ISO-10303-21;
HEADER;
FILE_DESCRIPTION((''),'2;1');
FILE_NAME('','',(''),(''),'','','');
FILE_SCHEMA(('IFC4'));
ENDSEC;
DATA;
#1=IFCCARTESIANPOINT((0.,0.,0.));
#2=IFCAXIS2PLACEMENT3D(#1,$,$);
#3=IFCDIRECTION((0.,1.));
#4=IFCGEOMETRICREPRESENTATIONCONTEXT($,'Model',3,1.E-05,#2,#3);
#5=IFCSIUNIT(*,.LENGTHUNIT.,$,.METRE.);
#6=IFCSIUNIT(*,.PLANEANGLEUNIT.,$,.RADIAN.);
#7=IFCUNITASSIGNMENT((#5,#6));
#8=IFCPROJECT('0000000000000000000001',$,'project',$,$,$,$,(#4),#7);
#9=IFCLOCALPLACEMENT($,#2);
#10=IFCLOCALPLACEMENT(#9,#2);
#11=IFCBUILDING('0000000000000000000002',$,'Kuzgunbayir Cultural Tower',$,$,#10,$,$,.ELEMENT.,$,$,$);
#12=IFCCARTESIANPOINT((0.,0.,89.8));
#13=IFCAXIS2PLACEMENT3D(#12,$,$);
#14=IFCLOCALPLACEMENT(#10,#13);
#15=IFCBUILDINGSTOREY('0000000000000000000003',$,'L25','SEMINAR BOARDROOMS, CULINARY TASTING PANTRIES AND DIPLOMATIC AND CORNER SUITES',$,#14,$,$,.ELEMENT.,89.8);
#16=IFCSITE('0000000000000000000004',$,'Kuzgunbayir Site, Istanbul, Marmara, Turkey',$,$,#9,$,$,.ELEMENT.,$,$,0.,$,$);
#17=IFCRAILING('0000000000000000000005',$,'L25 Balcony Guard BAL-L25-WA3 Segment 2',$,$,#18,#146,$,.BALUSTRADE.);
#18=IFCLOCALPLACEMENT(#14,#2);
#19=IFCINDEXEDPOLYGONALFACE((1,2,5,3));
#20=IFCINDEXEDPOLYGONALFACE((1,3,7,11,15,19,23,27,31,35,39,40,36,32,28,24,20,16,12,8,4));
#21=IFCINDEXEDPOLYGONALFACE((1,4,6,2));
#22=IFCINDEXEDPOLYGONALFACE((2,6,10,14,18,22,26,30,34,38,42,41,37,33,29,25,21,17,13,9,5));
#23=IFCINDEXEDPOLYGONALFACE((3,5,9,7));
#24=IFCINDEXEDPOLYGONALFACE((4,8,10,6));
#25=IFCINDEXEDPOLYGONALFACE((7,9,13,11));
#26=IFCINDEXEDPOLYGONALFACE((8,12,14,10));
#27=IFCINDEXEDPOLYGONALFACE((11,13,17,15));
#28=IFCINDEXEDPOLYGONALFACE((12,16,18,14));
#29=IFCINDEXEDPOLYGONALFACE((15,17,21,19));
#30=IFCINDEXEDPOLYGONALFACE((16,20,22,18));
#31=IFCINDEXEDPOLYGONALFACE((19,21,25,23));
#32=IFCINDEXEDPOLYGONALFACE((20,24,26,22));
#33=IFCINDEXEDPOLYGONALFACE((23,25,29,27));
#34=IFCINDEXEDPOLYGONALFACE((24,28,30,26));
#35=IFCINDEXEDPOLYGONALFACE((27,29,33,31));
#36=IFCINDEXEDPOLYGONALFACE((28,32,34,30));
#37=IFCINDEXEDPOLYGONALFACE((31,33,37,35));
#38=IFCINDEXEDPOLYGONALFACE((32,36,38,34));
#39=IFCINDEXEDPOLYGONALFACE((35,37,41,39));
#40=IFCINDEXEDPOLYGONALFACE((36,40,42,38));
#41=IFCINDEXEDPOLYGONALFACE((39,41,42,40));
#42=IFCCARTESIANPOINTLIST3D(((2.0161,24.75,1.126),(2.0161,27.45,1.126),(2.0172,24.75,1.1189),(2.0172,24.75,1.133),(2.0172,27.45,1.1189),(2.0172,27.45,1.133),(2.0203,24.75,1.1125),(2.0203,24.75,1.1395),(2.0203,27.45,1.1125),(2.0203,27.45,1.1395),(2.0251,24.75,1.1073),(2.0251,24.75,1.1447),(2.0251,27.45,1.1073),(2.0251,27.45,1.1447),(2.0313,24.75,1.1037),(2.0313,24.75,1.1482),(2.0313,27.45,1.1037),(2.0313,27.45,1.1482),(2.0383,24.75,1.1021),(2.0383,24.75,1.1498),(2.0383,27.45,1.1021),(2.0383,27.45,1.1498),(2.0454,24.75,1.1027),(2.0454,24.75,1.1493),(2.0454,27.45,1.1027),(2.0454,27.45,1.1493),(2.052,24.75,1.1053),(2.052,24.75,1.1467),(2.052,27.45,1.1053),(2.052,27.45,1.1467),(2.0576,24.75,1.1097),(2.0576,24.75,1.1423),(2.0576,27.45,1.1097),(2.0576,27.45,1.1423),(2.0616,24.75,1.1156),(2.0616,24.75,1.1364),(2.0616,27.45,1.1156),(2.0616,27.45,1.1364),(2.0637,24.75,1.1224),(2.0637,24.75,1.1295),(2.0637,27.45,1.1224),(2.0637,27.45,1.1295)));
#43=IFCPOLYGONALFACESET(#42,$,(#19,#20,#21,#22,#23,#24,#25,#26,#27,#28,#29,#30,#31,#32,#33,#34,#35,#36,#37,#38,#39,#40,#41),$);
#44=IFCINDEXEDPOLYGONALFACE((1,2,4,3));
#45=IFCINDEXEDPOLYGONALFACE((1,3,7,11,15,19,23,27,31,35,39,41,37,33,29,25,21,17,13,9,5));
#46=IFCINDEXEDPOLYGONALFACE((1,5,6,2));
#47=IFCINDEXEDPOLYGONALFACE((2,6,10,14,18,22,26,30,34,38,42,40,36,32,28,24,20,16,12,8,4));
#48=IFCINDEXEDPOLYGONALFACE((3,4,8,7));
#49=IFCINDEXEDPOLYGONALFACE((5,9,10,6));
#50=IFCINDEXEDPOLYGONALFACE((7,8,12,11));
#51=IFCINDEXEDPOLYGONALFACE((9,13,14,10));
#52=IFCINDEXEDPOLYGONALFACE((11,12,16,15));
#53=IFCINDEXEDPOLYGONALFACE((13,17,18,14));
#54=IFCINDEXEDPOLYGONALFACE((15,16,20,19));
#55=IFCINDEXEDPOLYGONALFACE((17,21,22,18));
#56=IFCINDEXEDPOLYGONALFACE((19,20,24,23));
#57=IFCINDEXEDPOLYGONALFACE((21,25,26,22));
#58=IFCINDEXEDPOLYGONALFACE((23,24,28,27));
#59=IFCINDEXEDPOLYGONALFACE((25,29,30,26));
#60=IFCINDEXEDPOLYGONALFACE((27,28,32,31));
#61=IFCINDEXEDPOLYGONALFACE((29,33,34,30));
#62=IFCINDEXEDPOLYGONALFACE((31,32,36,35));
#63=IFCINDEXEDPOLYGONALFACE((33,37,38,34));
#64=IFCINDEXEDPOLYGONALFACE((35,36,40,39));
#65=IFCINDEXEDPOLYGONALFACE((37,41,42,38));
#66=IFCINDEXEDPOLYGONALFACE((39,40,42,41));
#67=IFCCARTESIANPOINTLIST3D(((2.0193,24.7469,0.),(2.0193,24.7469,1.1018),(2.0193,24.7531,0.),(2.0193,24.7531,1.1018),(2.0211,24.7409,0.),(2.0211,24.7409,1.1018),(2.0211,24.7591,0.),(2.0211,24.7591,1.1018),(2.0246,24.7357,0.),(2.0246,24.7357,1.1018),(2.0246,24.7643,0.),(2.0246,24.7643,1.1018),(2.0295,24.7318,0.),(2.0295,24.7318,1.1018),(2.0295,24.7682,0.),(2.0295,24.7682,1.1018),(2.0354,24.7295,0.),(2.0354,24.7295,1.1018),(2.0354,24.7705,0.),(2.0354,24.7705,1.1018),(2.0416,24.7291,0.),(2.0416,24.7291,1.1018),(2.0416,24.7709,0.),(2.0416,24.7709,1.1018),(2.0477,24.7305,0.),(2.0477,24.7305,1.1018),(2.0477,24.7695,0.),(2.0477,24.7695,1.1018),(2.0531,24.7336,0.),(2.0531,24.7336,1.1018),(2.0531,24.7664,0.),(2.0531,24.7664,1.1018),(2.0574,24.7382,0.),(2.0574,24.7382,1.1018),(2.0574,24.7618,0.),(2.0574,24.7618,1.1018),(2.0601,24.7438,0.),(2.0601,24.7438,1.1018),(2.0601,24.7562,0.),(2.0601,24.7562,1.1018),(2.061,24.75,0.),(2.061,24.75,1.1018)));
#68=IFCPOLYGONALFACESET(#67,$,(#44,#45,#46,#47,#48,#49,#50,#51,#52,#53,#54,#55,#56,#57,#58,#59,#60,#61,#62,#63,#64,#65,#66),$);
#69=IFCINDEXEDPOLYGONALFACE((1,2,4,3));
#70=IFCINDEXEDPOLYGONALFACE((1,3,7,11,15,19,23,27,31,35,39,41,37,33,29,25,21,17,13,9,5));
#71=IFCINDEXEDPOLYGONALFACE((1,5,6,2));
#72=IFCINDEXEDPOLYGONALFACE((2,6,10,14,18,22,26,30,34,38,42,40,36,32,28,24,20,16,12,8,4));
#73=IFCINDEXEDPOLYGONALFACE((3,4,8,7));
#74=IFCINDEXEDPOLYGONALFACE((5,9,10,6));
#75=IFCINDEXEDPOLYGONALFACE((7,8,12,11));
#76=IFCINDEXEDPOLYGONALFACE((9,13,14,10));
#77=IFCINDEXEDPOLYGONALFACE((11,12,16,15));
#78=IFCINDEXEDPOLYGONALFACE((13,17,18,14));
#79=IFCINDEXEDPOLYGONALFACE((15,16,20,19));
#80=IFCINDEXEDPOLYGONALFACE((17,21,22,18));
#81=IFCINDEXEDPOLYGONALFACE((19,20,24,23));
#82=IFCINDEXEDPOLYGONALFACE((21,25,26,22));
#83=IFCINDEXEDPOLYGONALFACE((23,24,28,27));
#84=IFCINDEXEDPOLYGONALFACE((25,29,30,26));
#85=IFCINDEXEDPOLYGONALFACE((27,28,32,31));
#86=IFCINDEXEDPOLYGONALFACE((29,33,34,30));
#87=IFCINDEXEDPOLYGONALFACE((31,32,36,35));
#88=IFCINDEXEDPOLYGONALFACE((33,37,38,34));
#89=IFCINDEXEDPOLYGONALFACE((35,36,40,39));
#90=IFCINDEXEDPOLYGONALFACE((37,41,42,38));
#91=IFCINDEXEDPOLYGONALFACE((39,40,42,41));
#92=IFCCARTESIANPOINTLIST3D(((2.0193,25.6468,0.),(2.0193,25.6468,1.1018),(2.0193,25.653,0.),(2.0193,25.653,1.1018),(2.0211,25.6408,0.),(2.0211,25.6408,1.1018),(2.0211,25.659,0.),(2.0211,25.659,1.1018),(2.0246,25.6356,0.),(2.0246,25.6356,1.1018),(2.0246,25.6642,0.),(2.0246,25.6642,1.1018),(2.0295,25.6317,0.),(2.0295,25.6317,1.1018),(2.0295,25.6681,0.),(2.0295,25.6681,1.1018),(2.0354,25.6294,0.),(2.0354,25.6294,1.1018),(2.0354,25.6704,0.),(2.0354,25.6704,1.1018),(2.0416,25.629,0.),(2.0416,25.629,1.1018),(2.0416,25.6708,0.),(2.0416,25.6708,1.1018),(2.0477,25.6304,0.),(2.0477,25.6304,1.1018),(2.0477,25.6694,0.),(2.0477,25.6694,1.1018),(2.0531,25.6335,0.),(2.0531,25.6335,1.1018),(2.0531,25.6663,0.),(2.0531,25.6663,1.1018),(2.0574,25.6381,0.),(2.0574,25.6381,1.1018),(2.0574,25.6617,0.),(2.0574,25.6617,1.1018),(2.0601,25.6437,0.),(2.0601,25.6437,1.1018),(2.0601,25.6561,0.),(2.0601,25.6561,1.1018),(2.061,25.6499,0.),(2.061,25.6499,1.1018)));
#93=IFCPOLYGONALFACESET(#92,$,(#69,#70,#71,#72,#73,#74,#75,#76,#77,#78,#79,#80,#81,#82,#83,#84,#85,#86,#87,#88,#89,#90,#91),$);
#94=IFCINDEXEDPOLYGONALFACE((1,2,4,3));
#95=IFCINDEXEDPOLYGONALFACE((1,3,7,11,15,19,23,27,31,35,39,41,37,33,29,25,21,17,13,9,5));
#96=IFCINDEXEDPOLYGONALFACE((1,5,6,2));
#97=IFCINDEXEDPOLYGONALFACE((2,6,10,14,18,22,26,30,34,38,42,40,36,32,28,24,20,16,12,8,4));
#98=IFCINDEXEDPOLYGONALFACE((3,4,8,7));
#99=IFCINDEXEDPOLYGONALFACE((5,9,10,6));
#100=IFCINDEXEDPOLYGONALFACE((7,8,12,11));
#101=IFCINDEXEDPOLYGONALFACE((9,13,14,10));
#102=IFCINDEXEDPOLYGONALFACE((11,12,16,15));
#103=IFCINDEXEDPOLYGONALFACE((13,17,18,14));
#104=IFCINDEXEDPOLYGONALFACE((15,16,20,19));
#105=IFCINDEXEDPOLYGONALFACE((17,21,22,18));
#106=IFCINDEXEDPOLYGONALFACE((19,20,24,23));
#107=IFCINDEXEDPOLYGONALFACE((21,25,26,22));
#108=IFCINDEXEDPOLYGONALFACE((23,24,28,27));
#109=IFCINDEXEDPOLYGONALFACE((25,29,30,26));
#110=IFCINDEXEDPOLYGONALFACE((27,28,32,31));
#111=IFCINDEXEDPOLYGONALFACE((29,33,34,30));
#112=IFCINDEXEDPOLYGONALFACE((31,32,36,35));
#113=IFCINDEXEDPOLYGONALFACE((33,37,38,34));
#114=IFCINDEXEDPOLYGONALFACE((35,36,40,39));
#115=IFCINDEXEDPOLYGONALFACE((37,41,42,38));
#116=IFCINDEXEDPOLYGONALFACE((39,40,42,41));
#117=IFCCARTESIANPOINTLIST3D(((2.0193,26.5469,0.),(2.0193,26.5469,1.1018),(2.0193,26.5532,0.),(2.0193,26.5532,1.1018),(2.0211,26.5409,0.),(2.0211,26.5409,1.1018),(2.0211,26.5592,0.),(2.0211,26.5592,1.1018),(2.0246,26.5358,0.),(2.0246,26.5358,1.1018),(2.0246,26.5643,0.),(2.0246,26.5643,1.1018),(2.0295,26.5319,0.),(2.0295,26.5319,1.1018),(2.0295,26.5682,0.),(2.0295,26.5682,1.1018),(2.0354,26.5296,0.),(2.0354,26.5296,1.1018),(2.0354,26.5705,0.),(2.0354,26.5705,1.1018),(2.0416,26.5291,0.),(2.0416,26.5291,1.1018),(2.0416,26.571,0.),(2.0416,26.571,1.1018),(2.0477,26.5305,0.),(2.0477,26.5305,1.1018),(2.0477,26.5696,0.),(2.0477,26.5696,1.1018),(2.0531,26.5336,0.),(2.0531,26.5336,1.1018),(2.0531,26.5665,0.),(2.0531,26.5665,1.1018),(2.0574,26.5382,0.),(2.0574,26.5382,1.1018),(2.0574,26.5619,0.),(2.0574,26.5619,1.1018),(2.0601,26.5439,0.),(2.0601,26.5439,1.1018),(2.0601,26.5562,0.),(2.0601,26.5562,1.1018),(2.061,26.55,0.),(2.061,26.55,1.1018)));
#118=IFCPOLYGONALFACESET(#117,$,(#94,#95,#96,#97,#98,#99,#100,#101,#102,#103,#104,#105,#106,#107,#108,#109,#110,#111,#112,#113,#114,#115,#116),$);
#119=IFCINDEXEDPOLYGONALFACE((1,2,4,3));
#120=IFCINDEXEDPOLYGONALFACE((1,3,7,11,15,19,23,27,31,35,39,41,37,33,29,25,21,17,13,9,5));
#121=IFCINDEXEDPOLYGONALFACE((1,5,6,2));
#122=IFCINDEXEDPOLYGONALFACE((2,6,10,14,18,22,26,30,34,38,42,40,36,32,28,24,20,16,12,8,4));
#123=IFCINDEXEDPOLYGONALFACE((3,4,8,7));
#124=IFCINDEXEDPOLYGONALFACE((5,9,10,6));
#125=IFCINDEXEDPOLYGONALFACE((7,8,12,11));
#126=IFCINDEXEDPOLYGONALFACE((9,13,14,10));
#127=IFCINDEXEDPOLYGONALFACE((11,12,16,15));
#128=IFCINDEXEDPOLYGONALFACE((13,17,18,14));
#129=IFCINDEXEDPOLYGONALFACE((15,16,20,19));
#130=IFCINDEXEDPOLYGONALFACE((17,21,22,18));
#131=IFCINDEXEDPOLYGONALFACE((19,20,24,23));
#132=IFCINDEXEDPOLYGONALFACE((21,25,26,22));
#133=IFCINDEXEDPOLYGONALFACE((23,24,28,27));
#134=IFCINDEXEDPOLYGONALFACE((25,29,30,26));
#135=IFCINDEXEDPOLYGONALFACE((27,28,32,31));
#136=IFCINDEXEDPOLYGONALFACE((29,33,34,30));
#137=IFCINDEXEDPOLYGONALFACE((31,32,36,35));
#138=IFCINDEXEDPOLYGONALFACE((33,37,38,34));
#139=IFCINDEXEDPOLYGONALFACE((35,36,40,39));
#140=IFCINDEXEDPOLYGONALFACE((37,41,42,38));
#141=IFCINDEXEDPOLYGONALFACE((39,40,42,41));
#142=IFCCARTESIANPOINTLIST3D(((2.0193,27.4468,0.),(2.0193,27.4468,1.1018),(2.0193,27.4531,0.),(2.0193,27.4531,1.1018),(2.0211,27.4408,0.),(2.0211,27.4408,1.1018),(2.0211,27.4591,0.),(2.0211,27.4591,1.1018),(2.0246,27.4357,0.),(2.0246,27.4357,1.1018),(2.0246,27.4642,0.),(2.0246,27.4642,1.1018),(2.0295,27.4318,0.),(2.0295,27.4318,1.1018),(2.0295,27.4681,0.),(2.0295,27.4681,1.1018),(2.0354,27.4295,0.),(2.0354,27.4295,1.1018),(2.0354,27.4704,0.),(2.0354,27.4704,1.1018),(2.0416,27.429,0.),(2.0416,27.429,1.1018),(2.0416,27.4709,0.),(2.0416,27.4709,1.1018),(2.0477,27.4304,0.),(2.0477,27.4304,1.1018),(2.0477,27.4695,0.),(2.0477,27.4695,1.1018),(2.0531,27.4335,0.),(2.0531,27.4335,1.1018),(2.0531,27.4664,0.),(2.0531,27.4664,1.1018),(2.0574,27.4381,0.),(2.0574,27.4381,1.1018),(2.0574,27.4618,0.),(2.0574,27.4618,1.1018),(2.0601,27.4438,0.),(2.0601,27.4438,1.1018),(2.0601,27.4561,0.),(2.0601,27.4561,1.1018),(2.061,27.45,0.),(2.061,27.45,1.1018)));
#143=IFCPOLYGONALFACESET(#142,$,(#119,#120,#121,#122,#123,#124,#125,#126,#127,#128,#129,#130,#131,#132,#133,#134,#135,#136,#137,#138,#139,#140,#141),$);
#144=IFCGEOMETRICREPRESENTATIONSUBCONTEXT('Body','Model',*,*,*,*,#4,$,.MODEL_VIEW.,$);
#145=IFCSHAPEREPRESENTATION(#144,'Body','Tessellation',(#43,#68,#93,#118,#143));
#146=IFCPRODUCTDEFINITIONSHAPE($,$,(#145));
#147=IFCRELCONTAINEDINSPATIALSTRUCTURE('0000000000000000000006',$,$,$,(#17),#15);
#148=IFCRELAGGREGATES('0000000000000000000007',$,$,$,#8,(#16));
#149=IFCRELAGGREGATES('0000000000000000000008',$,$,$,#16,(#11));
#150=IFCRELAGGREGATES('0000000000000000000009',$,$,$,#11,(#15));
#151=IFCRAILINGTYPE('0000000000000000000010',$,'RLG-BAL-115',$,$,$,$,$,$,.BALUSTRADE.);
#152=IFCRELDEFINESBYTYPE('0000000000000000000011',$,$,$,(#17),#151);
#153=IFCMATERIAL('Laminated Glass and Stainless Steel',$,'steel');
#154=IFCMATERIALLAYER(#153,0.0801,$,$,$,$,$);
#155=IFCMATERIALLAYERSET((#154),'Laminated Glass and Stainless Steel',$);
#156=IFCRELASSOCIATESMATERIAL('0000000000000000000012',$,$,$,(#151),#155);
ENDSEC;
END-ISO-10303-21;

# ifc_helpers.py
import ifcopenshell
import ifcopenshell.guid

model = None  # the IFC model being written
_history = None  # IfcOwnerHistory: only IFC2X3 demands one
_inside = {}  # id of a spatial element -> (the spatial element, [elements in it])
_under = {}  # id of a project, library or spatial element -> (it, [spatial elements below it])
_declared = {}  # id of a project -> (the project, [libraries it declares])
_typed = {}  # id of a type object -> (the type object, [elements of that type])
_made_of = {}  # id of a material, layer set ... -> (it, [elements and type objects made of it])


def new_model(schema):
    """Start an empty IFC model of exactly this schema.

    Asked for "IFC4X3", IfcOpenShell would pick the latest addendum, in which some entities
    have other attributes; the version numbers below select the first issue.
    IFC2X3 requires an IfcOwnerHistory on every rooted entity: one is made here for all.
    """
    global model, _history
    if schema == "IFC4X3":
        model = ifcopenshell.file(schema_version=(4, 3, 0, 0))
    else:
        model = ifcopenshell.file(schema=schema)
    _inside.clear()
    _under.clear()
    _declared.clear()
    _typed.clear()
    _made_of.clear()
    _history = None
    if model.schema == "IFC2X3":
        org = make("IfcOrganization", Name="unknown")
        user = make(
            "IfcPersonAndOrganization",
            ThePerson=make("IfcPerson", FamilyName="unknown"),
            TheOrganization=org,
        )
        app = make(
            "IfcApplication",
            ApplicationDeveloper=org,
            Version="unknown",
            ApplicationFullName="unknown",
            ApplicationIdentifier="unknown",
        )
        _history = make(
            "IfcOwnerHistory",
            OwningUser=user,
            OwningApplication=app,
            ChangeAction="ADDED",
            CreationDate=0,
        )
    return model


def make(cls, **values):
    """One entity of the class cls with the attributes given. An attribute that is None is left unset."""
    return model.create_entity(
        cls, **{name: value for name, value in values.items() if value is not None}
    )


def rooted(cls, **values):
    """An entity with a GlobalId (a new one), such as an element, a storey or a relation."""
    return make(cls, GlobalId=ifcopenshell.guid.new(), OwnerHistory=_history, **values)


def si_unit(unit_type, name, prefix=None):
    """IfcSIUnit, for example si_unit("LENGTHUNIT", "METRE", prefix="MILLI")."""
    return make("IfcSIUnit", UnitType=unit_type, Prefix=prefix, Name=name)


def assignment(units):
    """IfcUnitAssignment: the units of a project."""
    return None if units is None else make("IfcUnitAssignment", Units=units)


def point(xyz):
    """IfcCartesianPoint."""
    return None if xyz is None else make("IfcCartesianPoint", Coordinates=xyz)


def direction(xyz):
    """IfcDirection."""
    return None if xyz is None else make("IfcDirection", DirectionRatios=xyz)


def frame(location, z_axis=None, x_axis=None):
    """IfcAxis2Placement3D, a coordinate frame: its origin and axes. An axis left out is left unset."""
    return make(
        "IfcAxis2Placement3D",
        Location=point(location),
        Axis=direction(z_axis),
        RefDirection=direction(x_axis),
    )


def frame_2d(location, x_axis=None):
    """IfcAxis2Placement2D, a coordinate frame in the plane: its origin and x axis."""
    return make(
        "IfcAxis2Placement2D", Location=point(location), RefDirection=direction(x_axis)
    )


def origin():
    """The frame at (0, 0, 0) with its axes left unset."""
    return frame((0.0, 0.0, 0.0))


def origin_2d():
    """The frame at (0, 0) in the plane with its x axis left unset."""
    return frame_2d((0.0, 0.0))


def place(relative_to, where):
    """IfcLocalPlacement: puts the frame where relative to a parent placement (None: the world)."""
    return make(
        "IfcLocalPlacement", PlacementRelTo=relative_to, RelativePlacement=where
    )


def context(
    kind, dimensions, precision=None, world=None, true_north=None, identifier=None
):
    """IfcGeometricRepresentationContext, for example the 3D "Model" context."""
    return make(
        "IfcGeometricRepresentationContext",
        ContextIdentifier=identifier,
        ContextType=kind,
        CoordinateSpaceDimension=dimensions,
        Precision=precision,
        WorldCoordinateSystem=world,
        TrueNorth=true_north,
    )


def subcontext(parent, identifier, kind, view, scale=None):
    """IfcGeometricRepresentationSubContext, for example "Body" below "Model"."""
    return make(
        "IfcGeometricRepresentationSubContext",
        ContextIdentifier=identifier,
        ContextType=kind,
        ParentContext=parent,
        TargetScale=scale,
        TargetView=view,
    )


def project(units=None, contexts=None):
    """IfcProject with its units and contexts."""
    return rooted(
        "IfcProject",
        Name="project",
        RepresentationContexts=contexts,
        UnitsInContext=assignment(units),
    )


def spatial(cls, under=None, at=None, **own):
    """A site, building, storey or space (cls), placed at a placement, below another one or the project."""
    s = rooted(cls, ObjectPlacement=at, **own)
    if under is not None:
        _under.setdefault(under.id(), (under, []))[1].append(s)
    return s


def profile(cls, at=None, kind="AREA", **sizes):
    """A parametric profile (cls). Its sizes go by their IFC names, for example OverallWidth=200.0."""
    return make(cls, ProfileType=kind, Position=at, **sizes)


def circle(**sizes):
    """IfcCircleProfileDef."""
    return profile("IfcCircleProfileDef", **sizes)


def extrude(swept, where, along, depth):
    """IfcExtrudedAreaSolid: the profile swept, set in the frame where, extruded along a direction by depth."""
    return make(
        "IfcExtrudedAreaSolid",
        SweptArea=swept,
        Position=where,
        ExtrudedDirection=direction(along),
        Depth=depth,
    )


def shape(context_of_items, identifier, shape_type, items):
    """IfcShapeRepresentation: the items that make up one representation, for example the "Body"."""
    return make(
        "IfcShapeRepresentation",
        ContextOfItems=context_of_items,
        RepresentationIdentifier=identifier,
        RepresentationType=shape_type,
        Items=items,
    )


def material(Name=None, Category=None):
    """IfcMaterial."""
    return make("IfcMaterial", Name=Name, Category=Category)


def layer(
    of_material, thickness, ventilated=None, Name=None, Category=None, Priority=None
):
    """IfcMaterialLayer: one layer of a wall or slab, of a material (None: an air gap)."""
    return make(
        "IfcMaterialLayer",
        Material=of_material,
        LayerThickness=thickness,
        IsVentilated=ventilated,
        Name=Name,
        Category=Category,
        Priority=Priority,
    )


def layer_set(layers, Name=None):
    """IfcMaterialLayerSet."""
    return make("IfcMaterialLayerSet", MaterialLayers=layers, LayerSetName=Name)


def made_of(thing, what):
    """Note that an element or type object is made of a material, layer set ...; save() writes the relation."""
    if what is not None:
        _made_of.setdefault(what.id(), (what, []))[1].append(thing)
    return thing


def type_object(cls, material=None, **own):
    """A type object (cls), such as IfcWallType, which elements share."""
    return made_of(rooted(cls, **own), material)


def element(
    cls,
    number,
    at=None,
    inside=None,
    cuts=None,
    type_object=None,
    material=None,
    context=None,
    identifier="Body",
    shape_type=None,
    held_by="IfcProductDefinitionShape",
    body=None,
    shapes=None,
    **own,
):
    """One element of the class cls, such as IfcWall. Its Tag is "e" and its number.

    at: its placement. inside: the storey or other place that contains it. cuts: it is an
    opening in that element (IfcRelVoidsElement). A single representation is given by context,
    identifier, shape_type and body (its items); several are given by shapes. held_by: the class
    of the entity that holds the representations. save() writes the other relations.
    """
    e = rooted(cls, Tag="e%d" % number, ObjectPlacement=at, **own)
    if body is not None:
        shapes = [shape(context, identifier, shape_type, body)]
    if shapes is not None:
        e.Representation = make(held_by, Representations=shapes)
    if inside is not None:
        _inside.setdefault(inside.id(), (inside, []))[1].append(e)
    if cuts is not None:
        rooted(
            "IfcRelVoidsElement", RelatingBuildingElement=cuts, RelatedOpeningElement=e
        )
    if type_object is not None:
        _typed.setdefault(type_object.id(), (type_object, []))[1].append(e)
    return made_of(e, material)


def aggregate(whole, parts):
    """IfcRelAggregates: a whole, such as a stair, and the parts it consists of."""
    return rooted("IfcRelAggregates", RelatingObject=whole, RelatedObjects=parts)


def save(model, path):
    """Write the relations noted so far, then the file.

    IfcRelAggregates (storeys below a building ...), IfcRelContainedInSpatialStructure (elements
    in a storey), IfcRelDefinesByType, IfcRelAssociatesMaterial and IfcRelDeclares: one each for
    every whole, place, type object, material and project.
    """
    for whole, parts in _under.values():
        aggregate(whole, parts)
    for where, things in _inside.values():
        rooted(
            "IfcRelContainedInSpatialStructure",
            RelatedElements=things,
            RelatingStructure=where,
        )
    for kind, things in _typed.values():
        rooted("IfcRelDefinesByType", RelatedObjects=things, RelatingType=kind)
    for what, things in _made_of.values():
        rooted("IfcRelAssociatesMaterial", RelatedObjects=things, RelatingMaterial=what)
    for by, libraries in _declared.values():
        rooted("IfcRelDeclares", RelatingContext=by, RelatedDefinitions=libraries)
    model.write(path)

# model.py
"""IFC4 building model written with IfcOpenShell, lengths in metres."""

from ifc_helpers import new_model, si_unit, direction, frame, origin, origin_2d, place, context, subcontext, project, spatial, circle, extrude, material, layer, layer_set, type_object, element, save


model = new_model("IFC4")

# Units and contexts
model_context = context("Model", 3, precision=1e-05, world=origin(), true_north=direction((0.0, 1.0)))
body_context = subcontext(model_context, "Body", "Model", "MODEL_VIEW")
ifc_project = project(units=[si_unit("LENGTHUNIT", "METRE"), si_unit("PLANEANGLEUNIT", "RADIAN")], contexts=[model_context])

# Site, building, storey
site_placement = place(None, origin())
site = spatial("IfcSite", under=ifc_project, at=site_placement, Name="Kuzgunbayir Site, Istanbul, Marmara, Turkey", CompositionType="ELEMENT", RefElevation=0.0)
building_placement = place(site_placement, origin())
building = spatial("IfcBuilding", under=site, at=building_placement, Name="Kuzgunbayir Cultural Tower", CompositionType="ELEMENT")
storey_placement = place(building_placement, frame((0.0, 0.0, 89.8)))
storey = spatial("IfcBuildingStorey", under=building, at=storey_placement, Name="L25", Description="SEMINAR BOARDROOMS, CULINARY TASTING PANTRIES AND DIPLOMATIC AND CORNER SUITES", CompositionType="ELEMENT", Elevation=89.8)

# Railing
ifc_material_1 = material(Name="Laminated Glass and Stainless Steel", Category="steel")
ifc_layer_1 = layer(ifc_material_1, 0.0801)
ifc_layer_set_1 = layer_set([ifc_layer_1], Name="Laminated Glass and Stainless Steel")
railing_type = type_object("IfcRailingType", Name="RLG-BAL-115", PredefinedType="BALUSTRADE", material=ifc_layer_set_1)
railing_1_placement = place(storey_placement, frame((2.04, 24.75, 0.0)))
element("IfcRailing", 1, at=railing_1_placement, inside=storey, type_object=railing_type, Name="L25 Balcony Guard BAL-L25-WA3 Segment 2", PredefinedType="BALUSTRADE", context=body_context, shape_type="SweptSolid", body=[
    extrude(circle(Radius=0.0239, at=origin_2d()), frame((0.0, 0.0, 1.126), z_axis=(0.0, 1.0, 0.0), x_axis=(-1.0, 0.0, 0.0)), (0.0, 0.0, 1.0), 2.7),
    extrude(circle(Radius=0.021, at=origin_2d()), origin(), (0.0, 0.0, 1.0), 1.1018),
    extrude(circle(Radius=0.021, at=origin_2d()), frame((0.0, 0.8999, 0.0)), (0.0, 0.0, 1.0), 1.1018),
    extrude(circle(Radius=0.021, at=origin_2d()), frame((0.0, 1.8, 0.0)), (0.0, 0.0, 1.0), 1.1018),
    extrude(circle(Radius=0.021, at=origin_2d()), frame((0.0, 2.7, 0.0)), (0.0, 0.0, 1.0), 1.1018),
])

save(model, "model.ifc")
